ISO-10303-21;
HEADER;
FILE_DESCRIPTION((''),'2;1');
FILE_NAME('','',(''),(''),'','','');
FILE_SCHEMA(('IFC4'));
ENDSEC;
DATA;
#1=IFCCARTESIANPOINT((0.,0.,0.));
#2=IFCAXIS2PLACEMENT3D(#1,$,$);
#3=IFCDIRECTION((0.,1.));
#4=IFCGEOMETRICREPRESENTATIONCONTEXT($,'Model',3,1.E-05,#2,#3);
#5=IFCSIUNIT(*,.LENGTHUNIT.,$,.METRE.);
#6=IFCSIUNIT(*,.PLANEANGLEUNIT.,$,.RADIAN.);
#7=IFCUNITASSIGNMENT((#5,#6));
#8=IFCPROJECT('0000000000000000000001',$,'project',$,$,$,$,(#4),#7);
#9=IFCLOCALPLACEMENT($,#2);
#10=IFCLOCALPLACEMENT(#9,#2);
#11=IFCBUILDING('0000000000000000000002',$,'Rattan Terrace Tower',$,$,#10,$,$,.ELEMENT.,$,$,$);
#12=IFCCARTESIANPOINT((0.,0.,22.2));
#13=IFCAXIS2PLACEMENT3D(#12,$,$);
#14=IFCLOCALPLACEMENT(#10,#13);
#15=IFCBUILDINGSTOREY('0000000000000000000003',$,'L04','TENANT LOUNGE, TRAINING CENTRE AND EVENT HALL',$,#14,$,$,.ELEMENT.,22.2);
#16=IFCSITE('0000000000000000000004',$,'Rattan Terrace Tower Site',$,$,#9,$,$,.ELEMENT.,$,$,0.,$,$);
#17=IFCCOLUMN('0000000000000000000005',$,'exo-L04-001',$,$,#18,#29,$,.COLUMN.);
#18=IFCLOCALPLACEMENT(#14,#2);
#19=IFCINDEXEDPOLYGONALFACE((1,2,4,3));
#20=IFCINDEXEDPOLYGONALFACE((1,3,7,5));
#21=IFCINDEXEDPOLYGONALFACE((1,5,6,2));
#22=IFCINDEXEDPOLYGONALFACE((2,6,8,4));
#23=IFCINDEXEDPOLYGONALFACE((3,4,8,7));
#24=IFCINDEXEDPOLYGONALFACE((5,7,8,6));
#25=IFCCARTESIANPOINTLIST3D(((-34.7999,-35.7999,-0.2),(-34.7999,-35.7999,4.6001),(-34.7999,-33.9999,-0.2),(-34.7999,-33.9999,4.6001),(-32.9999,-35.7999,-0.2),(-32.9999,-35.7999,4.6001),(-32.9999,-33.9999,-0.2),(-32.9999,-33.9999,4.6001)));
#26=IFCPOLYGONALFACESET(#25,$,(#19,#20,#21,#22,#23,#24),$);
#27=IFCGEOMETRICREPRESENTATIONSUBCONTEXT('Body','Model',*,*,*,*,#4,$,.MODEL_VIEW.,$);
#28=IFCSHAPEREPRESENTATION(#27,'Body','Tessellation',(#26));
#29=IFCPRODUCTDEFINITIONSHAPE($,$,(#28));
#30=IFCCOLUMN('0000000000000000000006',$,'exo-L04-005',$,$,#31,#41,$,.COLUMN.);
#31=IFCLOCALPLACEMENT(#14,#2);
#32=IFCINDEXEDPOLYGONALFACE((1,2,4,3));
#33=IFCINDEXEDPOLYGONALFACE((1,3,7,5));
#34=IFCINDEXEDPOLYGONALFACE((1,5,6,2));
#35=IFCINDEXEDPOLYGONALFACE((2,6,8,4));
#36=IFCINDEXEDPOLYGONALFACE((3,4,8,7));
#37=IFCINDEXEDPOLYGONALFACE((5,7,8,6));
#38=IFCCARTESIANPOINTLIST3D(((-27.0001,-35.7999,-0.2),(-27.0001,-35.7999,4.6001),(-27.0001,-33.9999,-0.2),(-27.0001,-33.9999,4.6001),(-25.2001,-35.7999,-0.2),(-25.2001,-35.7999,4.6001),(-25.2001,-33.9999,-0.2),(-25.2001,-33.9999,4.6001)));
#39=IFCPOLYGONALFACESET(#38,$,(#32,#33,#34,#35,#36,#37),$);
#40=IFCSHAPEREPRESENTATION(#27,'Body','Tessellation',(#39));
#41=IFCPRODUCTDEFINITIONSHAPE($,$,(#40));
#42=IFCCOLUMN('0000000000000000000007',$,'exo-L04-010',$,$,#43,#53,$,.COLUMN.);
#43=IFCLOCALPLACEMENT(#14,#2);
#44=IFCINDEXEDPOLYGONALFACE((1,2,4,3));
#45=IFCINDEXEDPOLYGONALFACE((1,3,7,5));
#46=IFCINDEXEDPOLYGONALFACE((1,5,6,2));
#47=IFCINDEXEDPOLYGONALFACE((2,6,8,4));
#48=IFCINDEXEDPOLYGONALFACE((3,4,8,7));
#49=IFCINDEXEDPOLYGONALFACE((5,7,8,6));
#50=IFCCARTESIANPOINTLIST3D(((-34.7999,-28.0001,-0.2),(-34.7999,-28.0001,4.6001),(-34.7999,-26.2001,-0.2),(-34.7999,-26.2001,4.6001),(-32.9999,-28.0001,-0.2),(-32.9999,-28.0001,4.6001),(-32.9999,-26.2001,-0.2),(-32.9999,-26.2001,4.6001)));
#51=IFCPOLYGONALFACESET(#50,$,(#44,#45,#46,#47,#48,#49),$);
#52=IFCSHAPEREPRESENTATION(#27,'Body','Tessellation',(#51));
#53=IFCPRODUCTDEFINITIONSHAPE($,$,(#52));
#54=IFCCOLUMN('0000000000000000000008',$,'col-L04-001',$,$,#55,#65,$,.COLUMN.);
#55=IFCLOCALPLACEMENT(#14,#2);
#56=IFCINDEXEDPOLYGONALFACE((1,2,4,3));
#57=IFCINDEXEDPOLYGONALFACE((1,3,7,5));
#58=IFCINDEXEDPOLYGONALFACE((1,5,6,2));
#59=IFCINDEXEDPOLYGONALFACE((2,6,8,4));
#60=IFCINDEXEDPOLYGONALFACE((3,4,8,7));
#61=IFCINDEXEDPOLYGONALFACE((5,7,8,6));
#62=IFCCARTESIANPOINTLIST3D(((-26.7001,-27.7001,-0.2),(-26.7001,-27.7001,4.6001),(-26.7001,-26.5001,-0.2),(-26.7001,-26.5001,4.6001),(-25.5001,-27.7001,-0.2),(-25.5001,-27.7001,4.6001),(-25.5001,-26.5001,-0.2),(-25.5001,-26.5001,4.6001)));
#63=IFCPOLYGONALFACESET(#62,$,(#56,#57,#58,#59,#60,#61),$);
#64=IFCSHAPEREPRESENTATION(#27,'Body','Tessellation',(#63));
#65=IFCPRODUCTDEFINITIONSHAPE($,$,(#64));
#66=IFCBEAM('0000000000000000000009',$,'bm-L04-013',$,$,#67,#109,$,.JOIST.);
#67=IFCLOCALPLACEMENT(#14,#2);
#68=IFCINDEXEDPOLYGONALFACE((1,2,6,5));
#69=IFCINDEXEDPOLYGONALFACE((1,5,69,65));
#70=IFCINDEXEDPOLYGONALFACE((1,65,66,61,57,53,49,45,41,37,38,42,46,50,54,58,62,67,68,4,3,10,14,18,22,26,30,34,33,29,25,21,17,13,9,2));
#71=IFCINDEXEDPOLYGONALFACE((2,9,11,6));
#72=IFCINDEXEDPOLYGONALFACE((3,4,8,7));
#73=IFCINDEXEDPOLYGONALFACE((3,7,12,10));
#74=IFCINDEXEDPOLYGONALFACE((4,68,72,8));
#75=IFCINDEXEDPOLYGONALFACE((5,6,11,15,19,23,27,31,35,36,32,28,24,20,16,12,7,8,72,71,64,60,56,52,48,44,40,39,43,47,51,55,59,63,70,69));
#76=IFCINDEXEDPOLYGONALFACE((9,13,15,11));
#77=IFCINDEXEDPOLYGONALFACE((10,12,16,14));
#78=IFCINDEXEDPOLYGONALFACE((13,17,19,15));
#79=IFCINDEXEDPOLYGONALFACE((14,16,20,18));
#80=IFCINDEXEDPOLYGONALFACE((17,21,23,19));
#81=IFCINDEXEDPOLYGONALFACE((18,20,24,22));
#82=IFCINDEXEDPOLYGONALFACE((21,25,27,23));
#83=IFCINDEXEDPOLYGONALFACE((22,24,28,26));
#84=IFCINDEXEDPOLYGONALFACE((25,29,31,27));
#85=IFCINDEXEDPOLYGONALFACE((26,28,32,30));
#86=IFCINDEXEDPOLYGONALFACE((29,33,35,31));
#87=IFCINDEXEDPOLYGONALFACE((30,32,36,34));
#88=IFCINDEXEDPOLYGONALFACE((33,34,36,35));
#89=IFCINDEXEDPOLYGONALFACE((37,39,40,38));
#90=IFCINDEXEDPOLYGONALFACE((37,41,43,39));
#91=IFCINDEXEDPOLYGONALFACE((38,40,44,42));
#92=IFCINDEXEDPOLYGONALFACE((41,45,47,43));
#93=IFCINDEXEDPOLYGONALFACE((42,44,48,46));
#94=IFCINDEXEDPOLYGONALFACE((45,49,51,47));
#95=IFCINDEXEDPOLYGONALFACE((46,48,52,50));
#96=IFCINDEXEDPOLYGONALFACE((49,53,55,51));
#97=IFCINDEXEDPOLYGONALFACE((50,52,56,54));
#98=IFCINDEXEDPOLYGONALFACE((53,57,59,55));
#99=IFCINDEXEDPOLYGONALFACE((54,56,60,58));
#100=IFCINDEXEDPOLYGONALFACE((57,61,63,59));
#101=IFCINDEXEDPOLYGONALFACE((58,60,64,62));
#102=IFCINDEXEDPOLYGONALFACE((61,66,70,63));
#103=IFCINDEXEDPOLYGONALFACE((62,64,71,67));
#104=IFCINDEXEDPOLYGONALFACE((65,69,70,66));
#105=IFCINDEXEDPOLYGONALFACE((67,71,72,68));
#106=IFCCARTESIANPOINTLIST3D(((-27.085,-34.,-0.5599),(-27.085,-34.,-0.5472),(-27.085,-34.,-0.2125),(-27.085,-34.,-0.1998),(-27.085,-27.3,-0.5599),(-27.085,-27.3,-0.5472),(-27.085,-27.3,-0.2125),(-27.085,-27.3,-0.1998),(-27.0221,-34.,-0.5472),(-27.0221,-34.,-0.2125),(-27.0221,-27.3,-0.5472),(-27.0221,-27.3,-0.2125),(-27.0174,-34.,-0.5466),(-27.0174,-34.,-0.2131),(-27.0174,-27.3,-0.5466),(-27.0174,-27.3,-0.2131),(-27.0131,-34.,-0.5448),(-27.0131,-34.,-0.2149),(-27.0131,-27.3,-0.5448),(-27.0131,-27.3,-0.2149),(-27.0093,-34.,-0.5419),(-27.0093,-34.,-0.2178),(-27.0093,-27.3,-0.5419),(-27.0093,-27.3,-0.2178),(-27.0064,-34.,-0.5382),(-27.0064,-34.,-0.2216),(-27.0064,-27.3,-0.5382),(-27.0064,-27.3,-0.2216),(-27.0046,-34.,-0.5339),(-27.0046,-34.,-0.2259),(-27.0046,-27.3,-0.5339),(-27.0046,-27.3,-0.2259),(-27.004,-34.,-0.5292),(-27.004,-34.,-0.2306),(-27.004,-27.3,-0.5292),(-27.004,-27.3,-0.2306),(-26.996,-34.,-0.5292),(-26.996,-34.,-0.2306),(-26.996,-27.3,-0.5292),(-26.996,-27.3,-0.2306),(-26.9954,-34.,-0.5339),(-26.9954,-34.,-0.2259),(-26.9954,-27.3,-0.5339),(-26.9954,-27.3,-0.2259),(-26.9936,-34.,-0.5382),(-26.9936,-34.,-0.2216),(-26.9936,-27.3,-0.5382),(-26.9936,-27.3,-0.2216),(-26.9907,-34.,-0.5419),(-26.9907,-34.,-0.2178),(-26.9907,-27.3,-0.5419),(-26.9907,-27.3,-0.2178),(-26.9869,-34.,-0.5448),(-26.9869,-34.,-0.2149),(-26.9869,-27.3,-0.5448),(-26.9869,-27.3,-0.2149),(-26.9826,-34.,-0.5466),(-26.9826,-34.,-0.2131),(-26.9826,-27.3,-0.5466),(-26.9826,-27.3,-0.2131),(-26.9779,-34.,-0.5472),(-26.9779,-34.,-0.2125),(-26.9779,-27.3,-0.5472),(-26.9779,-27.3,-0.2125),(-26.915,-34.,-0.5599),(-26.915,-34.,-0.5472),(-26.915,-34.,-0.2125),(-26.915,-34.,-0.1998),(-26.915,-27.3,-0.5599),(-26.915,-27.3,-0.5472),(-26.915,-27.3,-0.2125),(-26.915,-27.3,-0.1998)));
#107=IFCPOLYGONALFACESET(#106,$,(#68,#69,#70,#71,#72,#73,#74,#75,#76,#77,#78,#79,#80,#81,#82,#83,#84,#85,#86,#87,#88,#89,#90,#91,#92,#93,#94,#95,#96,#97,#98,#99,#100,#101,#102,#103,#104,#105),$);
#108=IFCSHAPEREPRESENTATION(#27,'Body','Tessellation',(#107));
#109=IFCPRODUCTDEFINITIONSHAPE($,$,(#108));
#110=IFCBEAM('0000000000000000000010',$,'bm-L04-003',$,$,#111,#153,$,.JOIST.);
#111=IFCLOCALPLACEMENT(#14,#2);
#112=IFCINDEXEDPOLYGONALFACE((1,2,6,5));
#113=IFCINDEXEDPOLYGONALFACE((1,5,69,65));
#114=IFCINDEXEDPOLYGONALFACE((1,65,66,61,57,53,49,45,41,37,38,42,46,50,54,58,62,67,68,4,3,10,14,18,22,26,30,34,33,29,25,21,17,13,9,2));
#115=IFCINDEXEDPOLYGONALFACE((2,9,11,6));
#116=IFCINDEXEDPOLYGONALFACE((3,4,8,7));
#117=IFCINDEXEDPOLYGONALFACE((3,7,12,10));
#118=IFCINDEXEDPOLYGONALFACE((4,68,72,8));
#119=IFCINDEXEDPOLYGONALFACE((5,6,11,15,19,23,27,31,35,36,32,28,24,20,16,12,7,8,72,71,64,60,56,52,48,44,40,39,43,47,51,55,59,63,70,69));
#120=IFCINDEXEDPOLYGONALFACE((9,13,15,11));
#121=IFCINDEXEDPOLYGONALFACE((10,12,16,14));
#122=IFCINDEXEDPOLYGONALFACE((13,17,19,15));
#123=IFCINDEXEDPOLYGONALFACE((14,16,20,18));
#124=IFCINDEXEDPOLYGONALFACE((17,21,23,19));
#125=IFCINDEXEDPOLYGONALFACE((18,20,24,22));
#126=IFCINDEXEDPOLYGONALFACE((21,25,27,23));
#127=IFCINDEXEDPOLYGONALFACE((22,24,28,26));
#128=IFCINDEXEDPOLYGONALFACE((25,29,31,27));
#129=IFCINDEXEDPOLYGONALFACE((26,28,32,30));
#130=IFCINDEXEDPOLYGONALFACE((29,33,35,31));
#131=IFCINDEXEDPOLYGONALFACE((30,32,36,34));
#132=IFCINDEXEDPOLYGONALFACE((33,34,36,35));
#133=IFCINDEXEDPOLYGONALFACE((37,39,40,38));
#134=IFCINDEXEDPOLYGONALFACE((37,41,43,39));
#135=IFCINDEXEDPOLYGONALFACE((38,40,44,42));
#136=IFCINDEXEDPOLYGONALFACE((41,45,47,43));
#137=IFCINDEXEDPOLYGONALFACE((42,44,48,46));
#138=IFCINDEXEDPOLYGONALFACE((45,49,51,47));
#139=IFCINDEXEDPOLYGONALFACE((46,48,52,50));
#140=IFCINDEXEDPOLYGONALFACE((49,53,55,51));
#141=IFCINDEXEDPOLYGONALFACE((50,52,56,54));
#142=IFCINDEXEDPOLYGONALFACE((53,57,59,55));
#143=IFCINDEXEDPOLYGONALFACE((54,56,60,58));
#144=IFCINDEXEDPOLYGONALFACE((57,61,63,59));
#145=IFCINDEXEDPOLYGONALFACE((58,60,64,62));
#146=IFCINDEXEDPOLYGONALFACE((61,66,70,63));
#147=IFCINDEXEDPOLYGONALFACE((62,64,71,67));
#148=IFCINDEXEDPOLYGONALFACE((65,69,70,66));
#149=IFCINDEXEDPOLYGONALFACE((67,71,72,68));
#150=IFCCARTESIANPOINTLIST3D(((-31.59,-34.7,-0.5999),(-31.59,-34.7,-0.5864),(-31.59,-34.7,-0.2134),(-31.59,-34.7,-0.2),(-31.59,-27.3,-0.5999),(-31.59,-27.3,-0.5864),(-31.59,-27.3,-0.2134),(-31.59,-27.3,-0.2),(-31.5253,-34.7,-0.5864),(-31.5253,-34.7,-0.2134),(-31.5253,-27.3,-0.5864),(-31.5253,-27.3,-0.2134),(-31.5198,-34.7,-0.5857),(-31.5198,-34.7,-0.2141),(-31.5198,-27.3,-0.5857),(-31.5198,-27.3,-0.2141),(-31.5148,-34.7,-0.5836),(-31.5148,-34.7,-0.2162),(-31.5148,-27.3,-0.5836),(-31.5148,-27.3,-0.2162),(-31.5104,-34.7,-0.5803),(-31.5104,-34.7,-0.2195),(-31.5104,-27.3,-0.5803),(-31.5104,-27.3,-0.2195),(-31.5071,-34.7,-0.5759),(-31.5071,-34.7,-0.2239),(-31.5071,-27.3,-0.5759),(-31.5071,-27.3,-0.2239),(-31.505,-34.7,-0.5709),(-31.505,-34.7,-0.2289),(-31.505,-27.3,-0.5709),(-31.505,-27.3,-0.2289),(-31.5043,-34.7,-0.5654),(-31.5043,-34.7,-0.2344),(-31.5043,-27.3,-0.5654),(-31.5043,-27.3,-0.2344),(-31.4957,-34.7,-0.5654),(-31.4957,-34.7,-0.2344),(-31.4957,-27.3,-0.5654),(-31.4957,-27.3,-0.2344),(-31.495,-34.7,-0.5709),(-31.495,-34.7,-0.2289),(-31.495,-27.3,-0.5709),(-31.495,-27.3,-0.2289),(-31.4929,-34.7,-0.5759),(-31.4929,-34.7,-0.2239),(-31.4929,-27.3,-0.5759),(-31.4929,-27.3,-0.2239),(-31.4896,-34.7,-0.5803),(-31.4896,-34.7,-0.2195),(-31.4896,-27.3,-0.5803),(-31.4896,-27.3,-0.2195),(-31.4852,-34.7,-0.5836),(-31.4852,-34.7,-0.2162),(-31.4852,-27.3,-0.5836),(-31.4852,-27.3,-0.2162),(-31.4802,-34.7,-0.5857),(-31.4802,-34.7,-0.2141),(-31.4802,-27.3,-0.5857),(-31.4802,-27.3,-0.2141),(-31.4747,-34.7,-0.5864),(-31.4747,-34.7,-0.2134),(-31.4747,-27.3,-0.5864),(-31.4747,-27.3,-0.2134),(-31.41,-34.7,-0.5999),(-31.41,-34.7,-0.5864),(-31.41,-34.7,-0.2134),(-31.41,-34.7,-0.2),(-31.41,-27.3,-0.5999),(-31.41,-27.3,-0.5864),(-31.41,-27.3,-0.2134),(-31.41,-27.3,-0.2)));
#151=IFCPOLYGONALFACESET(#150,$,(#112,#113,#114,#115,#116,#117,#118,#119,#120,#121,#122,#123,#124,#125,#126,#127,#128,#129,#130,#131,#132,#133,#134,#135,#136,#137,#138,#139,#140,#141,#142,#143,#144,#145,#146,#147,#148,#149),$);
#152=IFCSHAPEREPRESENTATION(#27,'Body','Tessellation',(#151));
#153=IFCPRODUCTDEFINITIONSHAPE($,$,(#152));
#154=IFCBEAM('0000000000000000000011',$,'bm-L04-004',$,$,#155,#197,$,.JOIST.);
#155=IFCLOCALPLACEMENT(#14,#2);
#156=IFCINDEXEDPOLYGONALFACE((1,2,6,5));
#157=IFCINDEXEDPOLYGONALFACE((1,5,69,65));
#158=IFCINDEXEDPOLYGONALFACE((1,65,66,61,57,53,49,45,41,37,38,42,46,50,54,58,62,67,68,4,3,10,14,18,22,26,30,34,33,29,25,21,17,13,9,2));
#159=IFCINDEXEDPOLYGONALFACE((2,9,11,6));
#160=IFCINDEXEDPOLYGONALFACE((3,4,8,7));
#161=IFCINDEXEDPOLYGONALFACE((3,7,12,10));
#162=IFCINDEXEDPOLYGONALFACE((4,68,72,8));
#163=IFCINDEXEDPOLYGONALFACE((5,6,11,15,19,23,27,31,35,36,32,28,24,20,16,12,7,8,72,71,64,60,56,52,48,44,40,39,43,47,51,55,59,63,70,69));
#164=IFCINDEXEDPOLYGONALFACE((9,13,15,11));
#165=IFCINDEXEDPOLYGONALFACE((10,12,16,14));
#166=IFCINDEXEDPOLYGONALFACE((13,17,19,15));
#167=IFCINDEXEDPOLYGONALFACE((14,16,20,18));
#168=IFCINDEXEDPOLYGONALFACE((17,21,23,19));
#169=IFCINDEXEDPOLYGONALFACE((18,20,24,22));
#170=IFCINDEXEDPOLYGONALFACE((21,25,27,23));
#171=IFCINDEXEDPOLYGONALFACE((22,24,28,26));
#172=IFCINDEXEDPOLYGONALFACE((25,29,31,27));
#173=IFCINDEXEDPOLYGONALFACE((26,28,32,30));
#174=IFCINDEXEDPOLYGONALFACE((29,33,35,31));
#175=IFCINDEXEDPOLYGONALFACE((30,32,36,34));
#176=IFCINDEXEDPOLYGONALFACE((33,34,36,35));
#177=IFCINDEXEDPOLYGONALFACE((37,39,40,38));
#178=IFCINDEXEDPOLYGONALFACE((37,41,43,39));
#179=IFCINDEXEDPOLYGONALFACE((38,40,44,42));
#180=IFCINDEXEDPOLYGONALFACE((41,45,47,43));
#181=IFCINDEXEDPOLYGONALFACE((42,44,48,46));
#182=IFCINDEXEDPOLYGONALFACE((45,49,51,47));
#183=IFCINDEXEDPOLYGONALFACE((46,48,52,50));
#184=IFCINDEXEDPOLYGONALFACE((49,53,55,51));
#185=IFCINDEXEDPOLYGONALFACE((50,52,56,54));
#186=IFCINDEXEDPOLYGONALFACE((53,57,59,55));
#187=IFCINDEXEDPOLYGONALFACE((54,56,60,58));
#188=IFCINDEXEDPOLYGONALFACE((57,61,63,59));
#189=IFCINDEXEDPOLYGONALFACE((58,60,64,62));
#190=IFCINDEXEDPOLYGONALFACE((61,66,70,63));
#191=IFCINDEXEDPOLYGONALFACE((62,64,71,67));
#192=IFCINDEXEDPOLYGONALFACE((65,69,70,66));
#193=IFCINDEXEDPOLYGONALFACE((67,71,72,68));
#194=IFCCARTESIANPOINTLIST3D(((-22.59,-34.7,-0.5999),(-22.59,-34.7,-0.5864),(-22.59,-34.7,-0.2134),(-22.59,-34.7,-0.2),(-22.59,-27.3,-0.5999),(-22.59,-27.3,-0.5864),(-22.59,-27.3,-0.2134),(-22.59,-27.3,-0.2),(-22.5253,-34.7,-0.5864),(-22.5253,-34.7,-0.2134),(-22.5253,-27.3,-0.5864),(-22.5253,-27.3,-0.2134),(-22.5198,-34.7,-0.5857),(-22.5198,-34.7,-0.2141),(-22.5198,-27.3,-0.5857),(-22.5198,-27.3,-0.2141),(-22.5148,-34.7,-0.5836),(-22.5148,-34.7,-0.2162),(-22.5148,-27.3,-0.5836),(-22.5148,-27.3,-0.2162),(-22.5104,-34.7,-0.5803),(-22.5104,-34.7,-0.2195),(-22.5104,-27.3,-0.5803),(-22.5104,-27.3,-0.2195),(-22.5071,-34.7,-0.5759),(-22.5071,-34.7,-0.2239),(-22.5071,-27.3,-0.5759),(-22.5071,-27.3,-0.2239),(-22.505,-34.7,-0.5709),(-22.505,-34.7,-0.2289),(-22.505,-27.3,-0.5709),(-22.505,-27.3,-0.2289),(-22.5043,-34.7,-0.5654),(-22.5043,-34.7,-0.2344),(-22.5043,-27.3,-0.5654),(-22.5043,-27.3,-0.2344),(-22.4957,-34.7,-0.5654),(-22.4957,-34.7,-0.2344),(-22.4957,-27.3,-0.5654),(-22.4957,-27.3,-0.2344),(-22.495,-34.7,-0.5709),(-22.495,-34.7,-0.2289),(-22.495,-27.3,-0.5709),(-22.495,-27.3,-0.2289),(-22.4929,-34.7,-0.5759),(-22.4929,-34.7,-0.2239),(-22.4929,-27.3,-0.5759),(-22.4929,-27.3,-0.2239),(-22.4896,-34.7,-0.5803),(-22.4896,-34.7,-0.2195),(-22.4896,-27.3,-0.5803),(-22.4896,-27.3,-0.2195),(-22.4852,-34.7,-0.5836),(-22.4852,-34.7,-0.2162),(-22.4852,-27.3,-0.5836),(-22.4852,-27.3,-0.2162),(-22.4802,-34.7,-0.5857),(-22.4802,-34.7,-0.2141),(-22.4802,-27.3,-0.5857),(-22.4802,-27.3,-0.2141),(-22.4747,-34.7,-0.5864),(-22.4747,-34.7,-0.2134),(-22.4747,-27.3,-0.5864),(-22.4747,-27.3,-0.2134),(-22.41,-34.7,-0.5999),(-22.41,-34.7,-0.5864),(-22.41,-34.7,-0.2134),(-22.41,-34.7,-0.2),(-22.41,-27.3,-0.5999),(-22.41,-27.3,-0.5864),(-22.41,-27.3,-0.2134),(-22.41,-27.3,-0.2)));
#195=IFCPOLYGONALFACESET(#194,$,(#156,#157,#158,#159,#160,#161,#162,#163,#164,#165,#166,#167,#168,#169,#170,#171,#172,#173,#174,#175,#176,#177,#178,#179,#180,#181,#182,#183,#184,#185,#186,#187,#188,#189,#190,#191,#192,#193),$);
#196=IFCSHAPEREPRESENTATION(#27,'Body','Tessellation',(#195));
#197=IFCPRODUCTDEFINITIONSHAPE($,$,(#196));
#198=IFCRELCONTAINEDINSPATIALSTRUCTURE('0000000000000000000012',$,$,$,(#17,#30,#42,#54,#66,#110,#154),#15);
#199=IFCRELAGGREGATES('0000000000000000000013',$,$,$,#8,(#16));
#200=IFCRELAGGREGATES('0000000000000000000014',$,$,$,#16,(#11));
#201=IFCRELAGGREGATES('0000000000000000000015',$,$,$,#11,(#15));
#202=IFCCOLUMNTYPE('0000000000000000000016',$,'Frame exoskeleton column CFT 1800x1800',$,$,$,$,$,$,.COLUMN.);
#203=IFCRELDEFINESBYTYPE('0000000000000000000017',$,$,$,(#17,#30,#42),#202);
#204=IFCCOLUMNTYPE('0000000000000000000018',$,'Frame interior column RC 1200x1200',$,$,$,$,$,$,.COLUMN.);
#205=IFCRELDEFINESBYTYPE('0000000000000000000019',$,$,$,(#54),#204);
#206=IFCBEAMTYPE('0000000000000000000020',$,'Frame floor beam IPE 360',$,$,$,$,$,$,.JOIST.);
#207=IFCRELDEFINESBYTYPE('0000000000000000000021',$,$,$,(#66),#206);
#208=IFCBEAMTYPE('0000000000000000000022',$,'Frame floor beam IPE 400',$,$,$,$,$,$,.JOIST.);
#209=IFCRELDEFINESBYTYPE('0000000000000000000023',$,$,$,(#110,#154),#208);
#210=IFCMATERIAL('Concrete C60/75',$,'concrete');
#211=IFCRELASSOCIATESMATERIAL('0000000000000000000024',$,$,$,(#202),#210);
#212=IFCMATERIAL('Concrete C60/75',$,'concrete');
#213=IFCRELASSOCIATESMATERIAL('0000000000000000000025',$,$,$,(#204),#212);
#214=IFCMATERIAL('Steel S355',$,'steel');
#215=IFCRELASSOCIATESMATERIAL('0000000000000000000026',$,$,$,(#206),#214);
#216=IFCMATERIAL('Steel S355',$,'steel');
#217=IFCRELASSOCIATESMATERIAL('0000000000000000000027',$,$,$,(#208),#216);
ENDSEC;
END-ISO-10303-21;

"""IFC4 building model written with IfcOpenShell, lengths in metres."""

from ifc_helpers import new_model, si_unit, direction, frame, origin, origin_2d, place, context, subcontext, project, spatial, rectangle, i_section, extrude, material, material_profile, profile_set, type_object, element, save


model = new_model("IFC4")

# Units and contexts
model_context = context("Model", 3, precision=1e-05, world=origin(), true_north=direction((0.0, 1.0)))
body_context = subcontext(model_context, "Body", "Model", "MODEL_VIEW")
ifc_project = project(units=[si_unit("LENGTHUNIT", "METRE"), si_unit("PLANEANGLEUNIT", "RADIAN")], contexts=[model_context])

# Site, building, storey
site_placement = place(None, origin())
site = spatial("IfcSite", under=ifc_project, at=site_placement, Name="Rattan Terrace Tower Site", CompositionType="ELEMENT", RefElevation=0.0)
building_placement = place(site_placement, origin())
building = spatial("IfcBuilding", under=site, at=building_placement, Name="Rattan Terrace Tower", CompositionType="ELEMENT")
storey_placement = place(building_placement, frame((0.0, 0.0, 22.2)))
storey = spatial("IfcBuildingStorey", under=building, at=storey_placement, Name="L04", Description="TENANT LOUNGE, TRAINING CENTRE AND EVENT HALL", CompositionType="ELEMENT", Elevation=22.2)

# Columns
ifc_material_1 = material(Name="Concrete C60/75", Category="concrete")
ifc_material_profile_1 = material_profile(ifc_material_1, rectangle(XDim=1.8, YDim=1.8, at=origin_2d()), Name="CFT 1800x1800")
ifc_profile_set_1 = profile_set([ifc_material_profile_1], Name="Concrete C60/75")
column_type_1 = type_object("IfcColumnType", Name="Frame exoskeleton column CFT 1800x1800", PredefinedType="COLUMN", material=ifc_profile_set_1)
for number, where, z_axis, x_axis, name in (
    (1, (-33.8999, -34.8999, -0.2), (0.0, 0.0, 1.0), (1.0, 0.0, 0.0), "exo-L04-001"),
    (2, (-26.1001, -34.8999, -0.2), (0.0, 0.0, 1.0), (1.0, 0.0, 0.0), "exo-L04-005"),
    (3, (-33.8999, -27.1001, -0.2), (0.0, 0.0, 1.0), (0.0, 1.0, 0.0), "exo-L04-010"),
):
    element("IfcColumn", number, at=place(storey_placement, frame(where, z_axis=z_axis, x_axis=x_axis)), inside=storey, type_object=column_type_1, Name=name, PredefinedType="COLUMN", context=body_context, shape_type="SweptSolid", body=[
        extrude(rectangle(XDim=1.8, YDim=1.8, at=origin_2d()), origin(), (0.0, 0.0, 1.0), 4.8),
    ])
ifc_material_2 = material(Name="Concrete C60/75", Category="concrete")
ifc_material_profile_2 = material_profile(ifc_material_2, rectangle(XDim=1.2, YDim=1.2, at=origin_2d()), Name="RC 1200x1200")
ifc_profile_set_2 = profile_set([ifc_material_profile_2], Name="Concrete C60/75")
column_type_2 = type_object("IfcColumnType", Name="Frame interior column RC 1200x1200", PredefinedType="COLUMN", material=ifc_profile_set_2)
column_placement = place(storey_placement, frame((-26.1001, -27.1001, -0.2), z_axis=(0.0, 0.0, 1.0), x_axis=(1.0, 0.0, 0.0)))
element("IfcColumn", 4, at=column_placement, inside=storey, type_object=column_type_2, Name="col-L04-001", PredefinedType="COLUMN", context=body_context, shape_type="SweptSolid", body=[
    extrude(rectangle(XDim=1.2, YDim=1.2, at=origin_2d()), origin(), (0.0, 0.0, 1.0), 4.8),
])

# Beams
ifc_material_3 = material(Name="Steel S355", Category="steel")
ifc_material_profile_3 = material_profile(ifc_material_3, i_section(OverallWidth=0.1699, OverallDepth=0.3601, WebThickness=0.0081, FlangeThickness=0.0127, FilletRadius=0.0181, at=origin_2d()), Name="IPE 360")
ifc_profile_set_3 = profile_set([ifc_material_profile_3], Name="Steel S355")
beam_type_1 = type_object("IfcBeamType", Name="Frame floor beam IPE 360", PredefinedType="JOIST", material=ifc_profile_set_3)
beam_1_placement = place(storey_placement, frame((-27.0, -34.0, -0.3799), z_axis=(0.0, 1.0, 0.0), x_axis=(-1.0, 0.0, 0.0)))
element("IfcBeam", 5, at=beam_1_placement, inside=storey, type_object=beam_type_1, Name="bm-L04-013", PredefinedType="JOIST", context=body_context, shape_type="SweptSolid", body=[
    extrude(i_section(OverallWidth=0.1699, OverallDepth=0.3601, WebThickness=0.0081, FlangeThickness=0.0127, FilletRadius=0.0181, at=origin_2d()), origin(), (0.0, 0.0, 1.0), 6.7),
])
ifc_material_4 = material(Name="Steel S355", Category="steel")
ifc_material_profile_4 = material_profile(ifc_material_4, i_section(OverallWidth=0.1799, OverallDepth=0.3999, WebThickness=0.0085, FlangeThickness=0.0134, FilletRadius=0.021, at=origin_2d()), Name="IPE 400")
ifc_profile_set_4 = profile_set([ifc_material_profile_4], Name="Steel S355")
beam_type_2 = type_object("IfcBeamType", Name="Frame floor beam IPE 400", PredefinedType="JOIST", material=ifc_profile_set_4)
for number, where, z_axis, x_axis, name in (
    (6, (-31.5, -34.7, -0.3999), (0.0, 1.0, 0.0), (-1.0, 0.0, 0.0), "bm-L04-003"),
    (7, (-22.5, -34.7, -0.3999), (0.0, 1.0, 0.0), (-1.0, 0.0, 0.0), "bm-L04-004"),
):
    element("IfcBeam", number, at=place(storey_placement, frame(where, z_axis=z_axis, x_axis=x_axis)), inside=storey, type_object=beam_type_2, Name=name, PredefinedType="JOIST", context=body_context, shape_type="SweptSolid", body=[
        extrude(i_section(OverallWidth=0.1799, OverallDepth=0.3999, WebThickness=0.0085, FlangeThickness=0.0134, FilletRadius=0.021, at=origin_2d()), origin(), (0.0, 0.0, 1.0), 7.3999),
    ])

save(model, "model.ifc")
